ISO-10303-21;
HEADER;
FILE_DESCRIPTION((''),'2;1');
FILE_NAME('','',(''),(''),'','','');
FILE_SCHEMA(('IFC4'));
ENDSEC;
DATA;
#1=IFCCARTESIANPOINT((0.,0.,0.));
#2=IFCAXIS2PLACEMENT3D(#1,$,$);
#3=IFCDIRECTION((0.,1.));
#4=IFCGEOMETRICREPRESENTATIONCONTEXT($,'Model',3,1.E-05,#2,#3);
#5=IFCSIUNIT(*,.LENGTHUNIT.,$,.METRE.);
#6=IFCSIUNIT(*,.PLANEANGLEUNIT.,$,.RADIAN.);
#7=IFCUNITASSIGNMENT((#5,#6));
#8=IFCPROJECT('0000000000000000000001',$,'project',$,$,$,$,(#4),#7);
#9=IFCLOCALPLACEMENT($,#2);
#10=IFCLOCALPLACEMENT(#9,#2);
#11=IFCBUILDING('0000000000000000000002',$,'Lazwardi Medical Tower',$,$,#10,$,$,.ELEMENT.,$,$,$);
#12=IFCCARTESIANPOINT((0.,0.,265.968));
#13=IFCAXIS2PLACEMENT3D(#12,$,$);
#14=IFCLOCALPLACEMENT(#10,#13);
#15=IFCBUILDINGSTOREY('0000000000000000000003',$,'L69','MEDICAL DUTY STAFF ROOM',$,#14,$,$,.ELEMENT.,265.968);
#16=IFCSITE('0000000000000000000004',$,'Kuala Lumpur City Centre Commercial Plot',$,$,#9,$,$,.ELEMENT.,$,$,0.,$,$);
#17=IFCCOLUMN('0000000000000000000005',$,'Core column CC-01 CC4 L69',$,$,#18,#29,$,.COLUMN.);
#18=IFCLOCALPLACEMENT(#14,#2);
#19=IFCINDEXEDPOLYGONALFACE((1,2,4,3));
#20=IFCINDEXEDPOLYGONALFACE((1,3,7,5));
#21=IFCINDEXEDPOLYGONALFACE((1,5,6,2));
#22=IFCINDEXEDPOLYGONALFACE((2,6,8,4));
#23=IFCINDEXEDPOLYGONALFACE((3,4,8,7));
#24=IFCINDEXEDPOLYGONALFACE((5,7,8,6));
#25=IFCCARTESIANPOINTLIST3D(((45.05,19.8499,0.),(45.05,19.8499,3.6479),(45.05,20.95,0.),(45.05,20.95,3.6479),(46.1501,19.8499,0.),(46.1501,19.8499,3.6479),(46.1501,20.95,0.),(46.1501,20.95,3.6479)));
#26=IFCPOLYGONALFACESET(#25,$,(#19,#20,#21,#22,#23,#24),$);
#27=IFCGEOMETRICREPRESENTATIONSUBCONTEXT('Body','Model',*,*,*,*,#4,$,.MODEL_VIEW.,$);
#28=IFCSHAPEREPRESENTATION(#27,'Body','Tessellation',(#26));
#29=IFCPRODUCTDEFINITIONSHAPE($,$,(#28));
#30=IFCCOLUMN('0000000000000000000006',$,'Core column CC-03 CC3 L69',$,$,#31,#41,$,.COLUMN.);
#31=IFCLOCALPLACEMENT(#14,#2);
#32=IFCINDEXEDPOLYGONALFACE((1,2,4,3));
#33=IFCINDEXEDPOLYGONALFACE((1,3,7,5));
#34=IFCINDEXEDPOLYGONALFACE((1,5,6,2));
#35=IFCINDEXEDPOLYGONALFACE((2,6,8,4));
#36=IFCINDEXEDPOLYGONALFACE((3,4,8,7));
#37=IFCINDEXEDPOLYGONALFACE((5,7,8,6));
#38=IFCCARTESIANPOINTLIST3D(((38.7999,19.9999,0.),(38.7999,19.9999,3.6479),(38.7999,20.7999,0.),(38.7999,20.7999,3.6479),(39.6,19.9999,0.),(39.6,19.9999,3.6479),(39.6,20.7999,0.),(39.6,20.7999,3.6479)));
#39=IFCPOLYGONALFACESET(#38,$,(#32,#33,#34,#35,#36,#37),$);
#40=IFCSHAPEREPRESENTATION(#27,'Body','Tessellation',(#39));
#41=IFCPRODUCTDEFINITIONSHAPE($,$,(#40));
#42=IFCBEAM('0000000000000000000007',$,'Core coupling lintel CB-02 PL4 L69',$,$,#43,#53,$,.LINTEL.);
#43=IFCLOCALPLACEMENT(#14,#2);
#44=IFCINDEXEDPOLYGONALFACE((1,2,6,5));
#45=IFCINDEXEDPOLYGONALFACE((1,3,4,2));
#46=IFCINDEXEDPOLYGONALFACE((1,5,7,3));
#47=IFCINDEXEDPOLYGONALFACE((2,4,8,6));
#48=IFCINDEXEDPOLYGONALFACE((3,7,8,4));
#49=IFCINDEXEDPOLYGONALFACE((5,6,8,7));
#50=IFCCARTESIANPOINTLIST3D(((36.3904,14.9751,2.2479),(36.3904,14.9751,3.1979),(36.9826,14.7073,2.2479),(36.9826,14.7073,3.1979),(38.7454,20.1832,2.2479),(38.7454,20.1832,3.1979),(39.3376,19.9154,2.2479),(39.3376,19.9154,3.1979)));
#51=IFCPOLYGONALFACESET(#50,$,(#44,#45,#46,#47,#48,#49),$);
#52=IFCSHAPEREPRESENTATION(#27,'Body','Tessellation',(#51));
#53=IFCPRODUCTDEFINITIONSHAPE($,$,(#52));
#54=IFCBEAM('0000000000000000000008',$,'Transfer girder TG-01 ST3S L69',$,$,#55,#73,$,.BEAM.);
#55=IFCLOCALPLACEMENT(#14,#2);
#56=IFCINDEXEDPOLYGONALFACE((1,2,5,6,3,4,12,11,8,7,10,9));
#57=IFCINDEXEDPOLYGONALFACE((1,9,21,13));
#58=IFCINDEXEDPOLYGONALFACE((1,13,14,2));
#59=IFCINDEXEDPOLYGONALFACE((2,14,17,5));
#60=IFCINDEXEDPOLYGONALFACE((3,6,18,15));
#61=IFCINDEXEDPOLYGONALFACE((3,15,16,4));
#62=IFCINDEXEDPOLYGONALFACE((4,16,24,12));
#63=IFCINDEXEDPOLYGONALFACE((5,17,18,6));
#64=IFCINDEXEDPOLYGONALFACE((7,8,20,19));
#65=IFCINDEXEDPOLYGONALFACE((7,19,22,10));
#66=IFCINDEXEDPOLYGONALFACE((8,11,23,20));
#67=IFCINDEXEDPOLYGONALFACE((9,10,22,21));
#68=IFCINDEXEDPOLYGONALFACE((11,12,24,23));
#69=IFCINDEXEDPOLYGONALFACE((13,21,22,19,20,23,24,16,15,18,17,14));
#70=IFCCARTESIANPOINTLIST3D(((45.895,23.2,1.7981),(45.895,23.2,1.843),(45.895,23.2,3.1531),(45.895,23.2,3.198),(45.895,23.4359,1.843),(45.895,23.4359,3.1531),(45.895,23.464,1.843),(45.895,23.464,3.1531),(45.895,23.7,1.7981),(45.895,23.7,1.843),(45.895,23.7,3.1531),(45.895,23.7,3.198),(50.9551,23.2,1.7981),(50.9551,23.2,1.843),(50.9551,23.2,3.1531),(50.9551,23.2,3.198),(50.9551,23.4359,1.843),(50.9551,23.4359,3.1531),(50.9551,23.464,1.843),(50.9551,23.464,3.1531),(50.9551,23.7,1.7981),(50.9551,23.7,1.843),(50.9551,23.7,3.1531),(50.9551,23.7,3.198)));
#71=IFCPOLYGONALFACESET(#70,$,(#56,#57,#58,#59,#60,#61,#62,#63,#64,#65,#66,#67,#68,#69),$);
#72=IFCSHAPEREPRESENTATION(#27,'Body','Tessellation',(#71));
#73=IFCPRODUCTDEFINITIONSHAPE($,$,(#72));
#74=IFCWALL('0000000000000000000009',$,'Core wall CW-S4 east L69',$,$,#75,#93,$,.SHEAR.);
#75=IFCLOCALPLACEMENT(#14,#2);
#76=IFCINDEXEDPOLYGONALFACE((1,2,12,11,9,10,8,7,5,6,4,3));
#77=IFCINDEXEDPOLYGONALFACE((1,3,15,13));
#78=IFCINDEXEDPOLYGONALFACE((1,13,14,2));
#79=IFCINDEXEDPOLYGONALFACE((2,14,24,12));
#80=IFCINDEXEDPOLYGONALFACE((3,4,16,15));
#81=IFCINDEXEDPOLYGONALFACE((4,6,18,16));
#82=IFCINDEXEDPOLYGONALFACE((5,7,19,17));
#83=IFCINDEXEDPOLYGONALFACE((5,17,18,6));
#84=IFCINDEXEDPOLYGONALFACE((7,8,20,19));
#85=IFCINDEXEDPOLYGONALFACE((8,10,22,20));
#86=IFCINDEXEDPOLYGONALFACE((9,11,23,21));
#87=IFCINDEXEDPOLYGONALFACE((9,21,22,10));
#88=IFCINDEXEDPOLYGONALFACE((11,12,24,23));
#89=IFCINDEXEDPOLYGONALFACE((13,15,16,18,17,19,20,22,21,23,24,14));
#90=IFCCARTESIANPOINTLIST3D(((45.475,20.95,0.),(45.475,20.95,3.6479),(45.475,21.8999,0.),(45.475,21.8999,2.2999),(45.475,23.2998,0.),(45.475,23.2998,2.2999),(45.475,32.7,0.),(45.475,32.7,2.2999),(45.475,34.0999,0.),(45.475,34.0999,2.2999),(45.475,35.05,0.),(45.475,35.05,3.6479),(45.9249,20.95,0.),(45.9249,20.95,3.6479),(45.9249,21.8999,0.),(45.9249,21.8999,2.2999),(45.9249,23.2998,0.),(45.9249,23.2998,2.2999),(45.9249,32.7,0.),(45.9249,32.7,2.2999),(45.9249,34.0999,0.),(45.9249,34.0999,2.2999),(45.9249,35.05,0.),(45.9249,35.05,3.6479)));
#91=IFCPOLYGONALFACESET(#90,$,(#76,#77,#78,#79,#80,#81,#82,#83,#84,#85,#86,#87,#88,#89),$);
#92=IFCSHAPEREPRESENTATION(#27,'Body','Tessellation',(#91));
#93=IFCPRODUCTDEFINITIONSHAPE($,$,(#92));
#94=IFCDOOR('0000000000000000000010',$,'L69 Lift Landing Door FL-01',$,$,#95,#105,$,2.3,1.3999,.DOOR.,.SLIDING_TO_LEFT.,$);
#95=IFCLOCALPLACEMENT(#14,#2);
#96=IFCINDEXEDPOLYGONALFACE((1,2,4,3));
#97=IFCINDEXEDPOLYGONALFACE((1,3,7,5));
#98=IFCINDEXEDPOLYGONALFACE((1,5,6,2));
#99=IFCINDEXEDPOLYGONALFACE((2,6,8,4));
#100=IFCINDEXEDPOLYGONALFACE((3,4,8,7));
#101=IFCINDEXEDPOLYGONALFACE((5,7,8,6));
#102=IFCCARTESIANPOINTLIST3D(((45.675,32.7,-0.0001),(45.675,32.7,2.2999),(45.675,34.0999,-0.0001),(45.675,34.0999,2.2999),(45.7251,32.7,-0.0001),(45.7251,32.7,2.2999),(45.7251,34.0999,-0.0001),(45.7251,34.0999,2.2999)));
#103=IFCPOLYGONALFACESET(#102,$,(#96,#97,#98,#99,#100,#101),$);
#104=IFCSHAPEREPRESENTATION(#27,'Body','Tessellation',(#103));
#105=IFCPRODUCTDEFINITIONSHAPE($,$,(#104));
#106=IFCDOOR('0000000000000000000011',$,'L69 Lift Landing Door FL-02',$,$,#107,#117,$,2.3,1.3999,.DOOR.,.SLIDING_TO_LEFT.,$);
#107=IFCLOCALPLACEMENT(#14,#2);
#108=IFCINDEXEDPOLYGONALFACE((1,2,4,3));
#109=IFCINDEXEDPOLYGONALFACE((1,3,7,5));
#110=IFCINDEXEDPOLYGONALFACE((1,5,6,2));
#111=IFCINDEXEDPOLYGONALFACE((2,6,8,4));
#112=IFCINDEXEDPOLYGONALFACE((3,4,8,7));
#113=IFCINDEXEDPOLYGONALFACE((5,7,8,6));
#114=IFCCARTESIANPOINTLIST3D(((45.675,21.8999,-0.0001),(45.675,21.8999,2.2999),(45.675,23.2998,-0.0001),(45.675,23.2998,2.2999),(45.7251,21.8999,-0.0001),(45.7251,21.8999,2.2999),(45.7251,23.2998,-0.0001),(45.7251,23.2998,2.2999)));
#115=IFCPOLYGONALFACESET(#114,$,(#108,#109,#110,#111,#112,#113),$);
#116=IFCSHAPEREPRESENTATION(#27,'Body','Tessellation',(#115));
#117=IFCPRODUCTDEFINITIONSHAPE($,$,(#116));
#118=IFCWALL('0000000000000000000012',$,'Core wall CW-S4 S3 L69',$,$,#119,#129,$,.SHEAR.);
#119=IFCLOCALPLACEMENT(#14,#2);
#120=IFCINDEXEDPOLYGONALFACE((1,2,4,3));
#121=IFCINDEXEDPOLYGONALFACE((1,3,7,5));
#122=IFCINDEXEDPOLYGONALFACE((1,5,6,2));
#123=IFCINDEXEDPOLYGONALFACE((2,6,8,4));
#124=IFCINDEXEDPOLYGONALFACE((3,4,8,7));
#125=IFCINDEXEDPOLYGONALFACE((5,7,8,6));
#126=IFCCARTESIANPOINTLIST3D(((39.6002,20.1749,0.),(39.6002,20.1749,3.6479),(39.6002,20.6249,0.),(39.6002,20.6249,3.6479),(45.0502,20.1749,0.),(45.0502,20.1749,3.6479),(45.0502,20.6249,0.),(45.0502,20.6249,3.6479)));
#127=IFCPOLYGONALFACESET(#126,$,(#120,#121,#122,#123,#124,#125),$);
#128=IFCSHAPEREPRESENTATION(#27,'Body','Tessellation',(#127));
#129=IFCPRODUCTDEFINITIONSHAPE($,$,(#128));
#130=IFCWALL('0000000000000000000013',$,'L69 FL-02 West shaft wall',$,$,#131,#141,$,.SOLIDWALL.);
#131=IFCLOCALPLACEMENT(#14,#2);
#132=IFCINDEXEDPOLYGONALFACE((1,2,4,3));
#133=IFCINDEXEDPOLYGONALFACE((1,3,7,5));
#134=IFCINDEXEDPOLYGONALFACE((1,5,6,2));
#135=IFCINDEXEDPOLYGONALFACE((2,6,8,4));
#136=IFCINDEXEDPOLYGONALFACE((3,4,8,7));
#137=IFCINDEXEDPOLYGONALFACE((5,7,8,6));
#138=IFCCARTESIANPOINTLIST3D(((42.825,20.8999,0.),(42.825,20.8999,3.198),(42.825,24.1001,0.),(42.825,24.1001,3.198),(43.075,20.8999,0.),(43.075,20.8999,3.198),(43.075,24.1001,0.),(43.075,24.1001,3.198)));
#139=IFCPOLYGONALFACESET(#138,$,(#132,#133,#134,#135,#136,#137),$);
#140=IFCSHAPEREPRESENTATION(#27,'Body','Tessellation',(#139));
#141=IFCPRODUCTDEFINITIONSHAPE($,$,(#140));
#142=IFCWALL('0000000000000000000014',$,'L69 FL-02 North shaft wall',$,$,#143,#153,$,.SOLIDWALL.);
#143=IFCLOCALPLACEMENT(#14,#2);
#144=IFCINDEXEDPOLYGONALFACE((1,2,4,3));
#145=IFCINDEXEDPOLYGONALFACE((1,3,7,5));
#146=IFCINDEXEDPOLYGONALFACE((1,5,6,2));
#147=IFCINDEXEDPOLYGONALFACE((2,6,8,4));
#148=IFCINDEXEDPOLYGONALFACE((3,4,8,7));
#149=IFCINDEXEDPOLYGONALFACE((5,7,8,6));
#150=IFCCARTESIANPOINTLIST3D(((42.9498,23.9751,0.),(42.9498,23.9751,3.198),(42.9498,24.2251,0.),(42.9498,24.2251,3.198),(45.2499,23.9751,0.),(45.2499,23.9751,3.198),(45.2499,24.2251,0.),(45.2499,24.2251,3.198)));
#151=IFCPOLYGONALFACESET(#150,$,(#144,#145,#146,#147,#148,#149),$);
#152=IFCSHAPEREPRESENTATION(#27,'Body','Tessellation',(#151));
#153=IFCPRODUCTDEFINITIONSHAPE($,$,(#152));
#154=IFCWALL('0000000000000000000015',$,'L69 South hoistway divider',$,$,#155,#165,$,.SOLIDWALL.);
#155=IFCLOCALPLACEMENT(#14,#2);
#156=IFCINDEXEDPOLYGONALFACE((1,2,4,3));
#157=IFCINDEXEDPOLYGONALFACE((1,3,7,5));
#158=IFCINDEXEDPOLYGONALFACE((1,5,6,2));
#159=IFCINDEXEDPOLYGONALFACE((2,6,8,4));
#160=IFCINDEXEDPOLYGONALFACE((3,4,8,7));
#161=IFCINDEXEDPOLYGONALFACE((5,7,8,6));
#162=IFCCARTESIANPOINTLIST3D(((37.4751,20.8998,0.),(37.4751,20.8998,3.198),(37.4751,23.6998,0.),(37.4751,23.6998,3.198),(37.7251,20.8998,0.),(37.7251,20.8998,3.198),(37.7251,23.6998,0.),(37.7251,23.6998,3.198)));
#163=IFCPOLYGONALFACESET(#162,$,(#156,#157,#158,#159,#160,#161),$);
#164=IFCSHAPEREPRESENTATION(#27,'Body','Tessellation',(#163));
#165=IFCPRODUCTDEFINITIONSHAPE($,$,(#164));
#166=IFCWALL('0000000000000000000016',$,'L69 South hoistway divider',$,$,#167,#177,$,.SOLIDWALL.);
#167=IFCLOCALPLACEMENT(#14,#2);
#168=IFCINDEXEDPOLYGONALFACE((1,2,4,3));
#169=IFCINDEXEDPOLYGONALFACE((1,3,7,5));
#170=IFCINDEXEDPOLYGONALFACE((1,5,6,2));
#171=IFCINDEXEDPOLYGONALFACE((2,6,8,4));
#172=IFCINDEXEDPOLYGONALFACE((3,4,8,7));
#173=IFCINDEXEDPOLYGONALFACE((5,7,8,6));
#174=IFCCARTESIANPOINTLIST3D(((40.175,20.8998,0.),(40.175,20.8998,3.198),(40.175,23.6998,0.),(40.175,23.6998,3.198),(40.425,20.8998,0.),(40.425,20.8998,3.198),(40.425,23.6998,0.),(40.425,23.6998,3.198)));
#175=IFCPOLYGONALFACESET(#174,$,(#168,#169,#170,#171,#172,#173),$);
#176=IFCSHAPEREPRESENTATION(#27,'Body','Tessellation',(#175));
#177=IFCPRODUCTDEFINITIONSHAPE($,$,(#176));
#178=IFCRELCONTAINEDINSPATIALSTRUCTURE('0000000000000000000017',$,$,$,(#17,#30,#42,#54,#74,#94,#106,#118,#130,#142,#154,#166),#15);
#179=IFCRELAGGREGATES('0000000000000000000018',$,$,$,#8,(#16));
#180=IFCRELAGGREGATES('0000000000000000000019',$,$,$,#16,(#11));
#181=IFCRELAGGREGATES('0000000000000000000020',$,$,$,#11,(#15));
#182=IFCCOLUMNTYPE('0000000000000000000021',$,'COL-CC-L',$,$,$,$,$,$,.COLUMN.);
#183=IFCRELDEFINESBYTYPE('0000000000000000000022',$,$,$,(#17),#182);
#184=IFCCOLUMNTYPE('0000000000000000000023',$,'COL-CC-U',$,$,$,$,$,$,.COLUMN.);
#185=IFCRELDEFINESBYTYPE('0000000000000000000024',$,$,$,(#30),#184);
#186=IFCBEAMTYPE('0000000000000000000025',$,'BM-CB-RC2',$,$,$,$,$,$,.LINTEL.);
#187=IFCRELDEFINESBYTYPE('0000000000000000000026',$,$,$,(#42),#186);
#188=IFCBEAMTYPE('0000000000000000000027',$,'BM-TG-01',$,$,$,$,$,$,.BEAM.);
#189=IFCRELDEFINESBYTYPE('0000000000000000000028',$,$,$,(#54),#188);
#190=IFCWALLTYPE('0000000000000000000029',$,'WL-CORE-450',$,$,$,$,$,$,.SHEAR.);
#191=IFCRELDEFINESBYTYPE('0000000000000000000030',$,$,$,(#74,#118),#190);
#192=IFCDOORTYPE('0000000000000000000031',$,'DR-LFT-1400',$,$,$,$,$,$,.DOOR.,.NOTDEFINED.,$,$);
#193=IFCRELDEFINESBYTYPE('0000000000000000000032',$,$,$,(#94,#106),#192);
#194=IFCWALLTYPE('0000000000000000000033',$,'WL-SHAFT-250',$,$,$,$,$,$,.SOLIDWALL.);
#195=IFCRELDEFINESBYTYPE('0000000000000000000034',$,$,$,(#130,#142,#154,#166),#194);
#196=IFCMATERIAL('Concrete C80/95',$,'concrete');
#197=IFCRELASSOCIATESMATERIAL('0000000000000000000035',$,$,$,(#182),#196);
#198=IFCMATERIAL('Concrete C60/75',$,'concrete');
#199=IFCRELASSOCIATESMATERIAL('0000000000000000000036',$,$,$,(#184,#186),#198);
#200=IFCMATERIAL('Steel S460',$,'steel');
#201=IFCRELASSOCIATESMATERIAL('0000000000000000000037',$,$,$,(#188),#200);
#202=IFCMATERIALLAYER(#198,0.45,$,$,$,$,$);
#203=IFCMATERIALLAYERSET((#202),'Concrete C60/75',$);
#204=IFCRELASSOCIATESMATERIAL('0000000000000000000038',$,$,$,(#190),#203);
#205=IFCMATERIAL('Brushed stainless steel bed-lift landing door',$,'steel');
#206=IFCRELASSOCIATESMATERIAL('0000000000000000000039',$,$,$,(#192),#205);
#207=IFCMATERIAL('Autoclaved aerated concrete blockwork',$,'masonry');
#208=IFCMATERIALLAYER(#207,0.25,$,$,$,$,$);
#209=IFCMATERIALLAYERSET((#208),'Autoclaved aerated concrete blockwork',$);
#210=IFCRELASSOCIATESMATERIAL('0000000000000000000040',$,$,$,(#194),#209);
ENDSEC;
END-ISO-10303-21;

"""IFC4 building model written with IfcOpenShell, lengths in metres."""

from ifc_helpers import new_model, si_unit, direction, frame, frame_2d, origin, origin_2d, place, context, subcontext, project, spatial, rectangle, i_section, extrude, material, layer, layer_set, material_profile, profile_set, type_object, element, fill, save


model = new_model("IFC4")

# Units and contexts
model_context = context("Model", 3, precision=1e-05, world=origin(), true_north=direction((0.0, 1.0)))
body_context = subcontext(model_context, "Body", "Model", "MODEL_VIEW")
ifc_project = project(units=[si_unit("LENGTHUNIT", "METRE"), si_unit("PLANEANGLEUNIT", "RADIAN")], contexts=[model_context])

# Site, building, storey
site_placement = place(None, origin())
site = spatial("IfcSite", under=ifc_project, at=site_placement, Name="Kuala Lumpur City Centre Commercial Plot", CompositionType="ELEMENT", RefElevation=0.0)
building_placement = place(site_placement, origin())
building = spatial("IfcBuilding", under=site, at=building_placement, Name="Lazwardi Medical Tower", CompositionType="ELEMENT")
storey_placement = place(building_placement, frame((0.0, 0.0, 265.968)))
storey = spatial("IfcBuildingStorey", under=building, at=storey_placement, Name="L69", Description="MEDICAL DUTY STAFF ROOM", CompositionType="ELEMENT", Elevation=265.968)

# Columns
ifc_material_1 = material(Name="Concrete C80/95", Category="concrete")
ifc_material_profile_1 = material_profile(ifc_material_1, rectangle(XDim=1.1001, YDim=1.1001, at=origin_2d()), Name="RC 1100x1100")
ifc_profile_set_1 = profile_set([ifc_material_profile_1], Name="Concrete C80/95")
column_type_1 = type_object("IfcColumnType", Name="COL-CC-L", PredefinedType="COLUMN", material=ifc_profile_set_1)
column_1_placement = place(storey_placement, frame((45.6001, 20.3999, 0.0), z_axis=(0.0, 0.0, 1.0), x_axis=(1.0, 0.0, 0.0)))
element("IfcColumn", 1, at=column_1_placement, inside=storey, type_object=column_type_1, Name="Core column CC-01 CC4 L69", PredefinedType="COLUMN", context=body_context, shape_type="SweptSolid", body=[
    extrude(rectangle(XDim=1.1001, YDim=1.1001, at=origin_2d()), origin(), (0.0, 0.0, 1.0), 3.6479),
])
ifc_material_2 = material(Name="Concrete C60/75", Category="concrete")
ifc_material_profile_2 = material_profile(ifc_material_2, rectangle(XDim=0.8, YDim=0.8, at=origin_2d()), Name="RC 800x800")
ifc_profile_set_2 = profile_set([ifc_material_profile_2], Name="Concrete C60/75")
column_type_2 = type_object("IfcColumnType", Name="COL-CC-U", PredefinedType="COLUMN", material=ifc_profile_set_2)
column_2_placement = place(storey_placement, frame((39.2, 20.3999, 0.0), z_axis=(0.0, 0.0, 1.0), x_axis=(1.0, 0.0, 0.0)))
element("IfcColumn", 2, at=column_2_placement, inside=storey, type_object=column_type_2, Name="Core column CC-03 CC3 L69", PredefinedType="COLUMN", context=body_context, shape_type="SweptSolid", body=[
    extrude(rectangle(XDim=0.8, YDim=0.8, at=origin_2d()), origin(), (0.0, 0.0, 1.0), 3.6479),
])

# Beams
ifc_material_profile_3 = material_profile(ifc_material_2, rectangle(XDim=0.6499, YDim=0.95, at=origin_2d()), Name="RC 650x950")
ifc_profile_set_3 = profile_set([ifc_material_profile_3], Name="Concrete C60/75")
beam_type_1 = type_object("IfcBeamType", Name="BM-CB-RC2", PredefinedType="LINTEL", material=ifc_profile_set_3)
beam_1_placement = place(storey_placement, frame((39.0415, 20.0493, 2.7229), z_axis=(-0.412019, -0.911175, 0.0), x_axis=(0.911175, -0.412019, 0.0)))
element("IfcBeam", 3, at=beam_1_placement, inside=storey, type_object=beam_type_1, Name="Core coupling lintel CB-02 PL4 L69", PredefinedType="LINTEL", context=body_context, shape_type="SweptSolid", body=[
    extrude(rectangle(XDim=0.6499, YDim=0.95, at=origin_2d()), origin(), (0.0, 0.0, 1.0), 5.7158),
])
ifc_material_3 = material(Name="Steel S460", Category="steel")
ifc_material_profile_4 = material_profile(ifc_material_3, i_section(OverallWidth=0.5, OverallDepth=1.3999, WebThickness=0.0281, FlangeThickness=0.0449, at=origin_2d()), Name="PG 1400x500")
ifc_profile_set_4 = profile_set([ifc_material_profile_4], Name="Steel S460")
beam_type_2 = type_object("IfcBeamType", Name="BM-TG-01", PredefinedType="BEAM", material=ifc_profile_set_4)
beam_2_placement = place(storey_placement, frame((45.895, 23.45, 2.498), z_axis=(1.0, 0.0, 0.0), x_axis=(0.0, 1.0, 0.0)))
element("IfcBeam", 4, at=beam_2_placement, inside=storey, type_object=beam_type_2, Name="Transfer girder TG-01 ST3S L69", PredefinedType="BEAM", context=body_context, shape_type="SweptSolid", body=[
    extrude(i_section(OverallWidth=0.5, OverallDepth=1.3999, WebThickness=0.0281, FlangeThickness=0.0449, at=origin_2d()), origin(), (0.0, 0.0, 1.0), 5.0601),
])

# Wall, openings, doors
ifc_layer_1 = layer(ifc_material_2, 0.45)
ifc_layer_set_1 = layer_set([ifc_layer_1], Name="Concrete C60/75")
wall_type_1 = type_object("IfcWallType", Name="WL-CORE-450", PredefinedType="SHEAR", material=ifc_layer_set_1)
wall_1_placement = place(storey_placement, frame((45.7, 20.95, 0.0), z_axis=(0.0, 0.0, 1.0), x_axis=(0.0, 1.0, 0.0)))
wall_1 = element("IfcWall", 5, at=wall_1_placement, inside=storey, type_object=wall_type_1, Name="Core wall CW-S4 east L69", PredefinedType="SHEAR", context=body_context, shape_type="SweptSolid", body=[
    extrude(rectangle(XDim=14.1001, YDim=0.45, at=frame_2d((7.05, 0.0))), origin(), (0.0, 0.0, 1.0), 3.6479),
])
opening_1_placement = place(wall_1_placement, frame((11.75, 0.0, 0.0)))
opening_1 = element("IfcOpeningElement", 6, at=opening_1_placement, cuts=wall_1, PredefinedType="OPENING", context=body_context, shape_type="SweptSolid", body=[
    extrude(rectangle(XDim=1.3999, YDim=2.3, at=frame_2d((0.7, 1.1499))), frame((0.0, 0.2349, 0.0), z_axis=(0.0, -1.0, 0.0), x_axis=(1.0, 0.0, 0.0)), (0.0, 0.0, 1.0), 0.47),
])
opening_2_placement = place(wall_1_placement, frame((0.95, 0.0, 0.0)))
opening_2 = element("IfcOpeningElement", 7, at=opening_2_placement, cuts=wall_1, PredefinedType="OPENING", context=body_context, shape_type="SweptSolid", body=[
    extrude(rectangle(XDim=1.3999, YDim=2.3, at=frame_2d((0.7, 1.1499))), frame((0.0, 0.2349, 0.0), z_axis=(0.0, -1.0, 0.0), x_axis=(1.0, 0.0, 0.0)), (0.0, 0.0, 1.0), 0.47),
])
ifc_material_4 = material(Name="Brushed stainless steel bed-lift landing door", Category="steel")
door_type = type_object("IfcDoorType", Name="DR-LFT-1400", OperationType="NOTDEFINED", PredefinedType="DOOR", material=ifc_material_4)
door_1_placement = place(opening_1_placement, origin())
door_1 = element("IfcDoor", 8, at=door_1_placement, inside=storey, type_object=door_type, Name="L69 Lift Landing Door FL-01", OperationType="SLIDING_TO_LEFT", OverallHeight=2.3, OverallWidth=1.3999, PredefinedType="DOOR", context=body_context, shape_type="SweptSolid", body=[
    extrude(rectangle(XDim=1.3999, YDim=2.3, at=frame_2d((0.7, 1.1499))), frame((0.0, 0.0249, 0.0), z_axis=(0.0, -1.0, 0.0), x_axis=(1.0, 0.0, 0.0)), (0.0, 0.0, 1.0), 0.05),
])
fill(opening_1, door_1)
door_2_placement = place(opening_2_placement, origin())
door_2 = element("IfcDoor", 9, at=door_2_placement, inside=storey, type_object=door_type, Name="L69 Lift Landing Door FL-02", OperationType="SLIDING_TO_LEFT", OverallHeight=2.3, OverallWidth=1.3999, PredefinedType="DOOR", context=body_context, shape_type="SweptSolid", body=[
    extrude(rectangle(XDim=1.3999, YDim=2.3, at=frame_2d((0.7, 1.1499))), frame((0.0, 0.0249, 0.0), z_axis=(0.0, -1.0, 0.0), x_axis=(1.0, 0.0, 0.0)), (0.0, 0.0, 1.0), 0.05),
])
fill(opening_2, door_2)

# Walls
wall_2_placement = place(storey_placement, frame((39.6001, 20.3999, 0.0), z_axis=(0.0, 0.0, 1.0), x_axis=(1.0, 0.0, 0.0)))
element("IfcWall", 10, at=wall_2_placement, inside=storey, type_object=wall_type_1, Name="Core wall CW-S4 S3 L69", PredefinedType="SHEAR", context=body_context, shape_type="SweptSolid", body=[
    extrude(rectangle(XDim=5.45, YDim=0.45, at=frame_2d((2.7251, 0.0))), origin(), (0.0, 0.0, 1.0), 3.6479),
])
ifc_material_5 = material(Name="Autoclaved aerated concrete blockwork", Category="masonry")
ifc_layer_2 = layer(ifc_material_5, 0.25)
ifc_layer_set_2 = layer_set([ifc_layer_2], Name="Autoclaved aerated concrete blockwork")
wall_type_2 = type_object("IfcWallType", Name="WL-SHAFT-250", PredefinedType="SOLIDWALL", material=ifc_layer_set_2)
wall_3_placement = place(storey_placement, frame((42.95, 20.8999, 0.0), z_axis=(0.0, 0.0, 1.0), x_axis=(0.0, 1.0, 0.0)))
element("IfcWall", 11, at=wall_3_placement, inside=storey, type_object=wall_type_2, Name="L69 FL-02 West shaft wall", PredefinedType="SOLIDWALL", context=body_context, shape_type="SweptSolid", body=[
    extrude(rectangle(XDim=3.2002, YDim=0.25, at=frame_2d((1.6001, 0.0))), origin(), (0.0, 0.0, 1.0), 3.198),
])
wall_4_placement = place(storey_placement, frame((42.95, 24.1001, 0.0), z_axis=(0.0, 0.0, 1.0), x_axis=(1.0, 0.0, 0.0)))
element("IfcWall", 12, at=wall_4_placement, inside=storey, type_object=wall_type_2, Name="L69 FL-02 North shaft wall", PredefinedType="SOLIDWALL", context=body_context, shape_type="SweptSolid", body=[
    extrude(rectangle(XDim=2.3, YDim=0.25, at=frame_2d((1.1499, 0.0))), origin(), (0.0, 0.0, 1.0), 3.198),
])
for number, where, z_axis, x_axis, name in (
    (13, (37.6001, 20.8999, 0.0), (0.0, 0.0, 1.0), (0.0, 1.0, 0.0), "L69 South hoistway divider"),
    (14, (40.3, 20.8999, 0.0), (0.0, 0.0, 1.0), (0.0, 1.0, 0.0), "L69 South hoistway divider"),
):
    element("IfcWall", number, at=place(storey_placement, frame(where, z_axis=z_axis, x_axis=x_axis)), inside=storey, type_object=wall_type_2, Name=name, PredefinedType="SOLIDWALL", context=body_context, shape_type="SweptSolid", body=[
        extrude(rectangle(XDim=2.8, YDim=0.25, at=frame_2d((1.3999, 0.0))), origin(), (0.0, 0.0, 1.0), 3.198),
    ])

save(model, "model.ifc")
